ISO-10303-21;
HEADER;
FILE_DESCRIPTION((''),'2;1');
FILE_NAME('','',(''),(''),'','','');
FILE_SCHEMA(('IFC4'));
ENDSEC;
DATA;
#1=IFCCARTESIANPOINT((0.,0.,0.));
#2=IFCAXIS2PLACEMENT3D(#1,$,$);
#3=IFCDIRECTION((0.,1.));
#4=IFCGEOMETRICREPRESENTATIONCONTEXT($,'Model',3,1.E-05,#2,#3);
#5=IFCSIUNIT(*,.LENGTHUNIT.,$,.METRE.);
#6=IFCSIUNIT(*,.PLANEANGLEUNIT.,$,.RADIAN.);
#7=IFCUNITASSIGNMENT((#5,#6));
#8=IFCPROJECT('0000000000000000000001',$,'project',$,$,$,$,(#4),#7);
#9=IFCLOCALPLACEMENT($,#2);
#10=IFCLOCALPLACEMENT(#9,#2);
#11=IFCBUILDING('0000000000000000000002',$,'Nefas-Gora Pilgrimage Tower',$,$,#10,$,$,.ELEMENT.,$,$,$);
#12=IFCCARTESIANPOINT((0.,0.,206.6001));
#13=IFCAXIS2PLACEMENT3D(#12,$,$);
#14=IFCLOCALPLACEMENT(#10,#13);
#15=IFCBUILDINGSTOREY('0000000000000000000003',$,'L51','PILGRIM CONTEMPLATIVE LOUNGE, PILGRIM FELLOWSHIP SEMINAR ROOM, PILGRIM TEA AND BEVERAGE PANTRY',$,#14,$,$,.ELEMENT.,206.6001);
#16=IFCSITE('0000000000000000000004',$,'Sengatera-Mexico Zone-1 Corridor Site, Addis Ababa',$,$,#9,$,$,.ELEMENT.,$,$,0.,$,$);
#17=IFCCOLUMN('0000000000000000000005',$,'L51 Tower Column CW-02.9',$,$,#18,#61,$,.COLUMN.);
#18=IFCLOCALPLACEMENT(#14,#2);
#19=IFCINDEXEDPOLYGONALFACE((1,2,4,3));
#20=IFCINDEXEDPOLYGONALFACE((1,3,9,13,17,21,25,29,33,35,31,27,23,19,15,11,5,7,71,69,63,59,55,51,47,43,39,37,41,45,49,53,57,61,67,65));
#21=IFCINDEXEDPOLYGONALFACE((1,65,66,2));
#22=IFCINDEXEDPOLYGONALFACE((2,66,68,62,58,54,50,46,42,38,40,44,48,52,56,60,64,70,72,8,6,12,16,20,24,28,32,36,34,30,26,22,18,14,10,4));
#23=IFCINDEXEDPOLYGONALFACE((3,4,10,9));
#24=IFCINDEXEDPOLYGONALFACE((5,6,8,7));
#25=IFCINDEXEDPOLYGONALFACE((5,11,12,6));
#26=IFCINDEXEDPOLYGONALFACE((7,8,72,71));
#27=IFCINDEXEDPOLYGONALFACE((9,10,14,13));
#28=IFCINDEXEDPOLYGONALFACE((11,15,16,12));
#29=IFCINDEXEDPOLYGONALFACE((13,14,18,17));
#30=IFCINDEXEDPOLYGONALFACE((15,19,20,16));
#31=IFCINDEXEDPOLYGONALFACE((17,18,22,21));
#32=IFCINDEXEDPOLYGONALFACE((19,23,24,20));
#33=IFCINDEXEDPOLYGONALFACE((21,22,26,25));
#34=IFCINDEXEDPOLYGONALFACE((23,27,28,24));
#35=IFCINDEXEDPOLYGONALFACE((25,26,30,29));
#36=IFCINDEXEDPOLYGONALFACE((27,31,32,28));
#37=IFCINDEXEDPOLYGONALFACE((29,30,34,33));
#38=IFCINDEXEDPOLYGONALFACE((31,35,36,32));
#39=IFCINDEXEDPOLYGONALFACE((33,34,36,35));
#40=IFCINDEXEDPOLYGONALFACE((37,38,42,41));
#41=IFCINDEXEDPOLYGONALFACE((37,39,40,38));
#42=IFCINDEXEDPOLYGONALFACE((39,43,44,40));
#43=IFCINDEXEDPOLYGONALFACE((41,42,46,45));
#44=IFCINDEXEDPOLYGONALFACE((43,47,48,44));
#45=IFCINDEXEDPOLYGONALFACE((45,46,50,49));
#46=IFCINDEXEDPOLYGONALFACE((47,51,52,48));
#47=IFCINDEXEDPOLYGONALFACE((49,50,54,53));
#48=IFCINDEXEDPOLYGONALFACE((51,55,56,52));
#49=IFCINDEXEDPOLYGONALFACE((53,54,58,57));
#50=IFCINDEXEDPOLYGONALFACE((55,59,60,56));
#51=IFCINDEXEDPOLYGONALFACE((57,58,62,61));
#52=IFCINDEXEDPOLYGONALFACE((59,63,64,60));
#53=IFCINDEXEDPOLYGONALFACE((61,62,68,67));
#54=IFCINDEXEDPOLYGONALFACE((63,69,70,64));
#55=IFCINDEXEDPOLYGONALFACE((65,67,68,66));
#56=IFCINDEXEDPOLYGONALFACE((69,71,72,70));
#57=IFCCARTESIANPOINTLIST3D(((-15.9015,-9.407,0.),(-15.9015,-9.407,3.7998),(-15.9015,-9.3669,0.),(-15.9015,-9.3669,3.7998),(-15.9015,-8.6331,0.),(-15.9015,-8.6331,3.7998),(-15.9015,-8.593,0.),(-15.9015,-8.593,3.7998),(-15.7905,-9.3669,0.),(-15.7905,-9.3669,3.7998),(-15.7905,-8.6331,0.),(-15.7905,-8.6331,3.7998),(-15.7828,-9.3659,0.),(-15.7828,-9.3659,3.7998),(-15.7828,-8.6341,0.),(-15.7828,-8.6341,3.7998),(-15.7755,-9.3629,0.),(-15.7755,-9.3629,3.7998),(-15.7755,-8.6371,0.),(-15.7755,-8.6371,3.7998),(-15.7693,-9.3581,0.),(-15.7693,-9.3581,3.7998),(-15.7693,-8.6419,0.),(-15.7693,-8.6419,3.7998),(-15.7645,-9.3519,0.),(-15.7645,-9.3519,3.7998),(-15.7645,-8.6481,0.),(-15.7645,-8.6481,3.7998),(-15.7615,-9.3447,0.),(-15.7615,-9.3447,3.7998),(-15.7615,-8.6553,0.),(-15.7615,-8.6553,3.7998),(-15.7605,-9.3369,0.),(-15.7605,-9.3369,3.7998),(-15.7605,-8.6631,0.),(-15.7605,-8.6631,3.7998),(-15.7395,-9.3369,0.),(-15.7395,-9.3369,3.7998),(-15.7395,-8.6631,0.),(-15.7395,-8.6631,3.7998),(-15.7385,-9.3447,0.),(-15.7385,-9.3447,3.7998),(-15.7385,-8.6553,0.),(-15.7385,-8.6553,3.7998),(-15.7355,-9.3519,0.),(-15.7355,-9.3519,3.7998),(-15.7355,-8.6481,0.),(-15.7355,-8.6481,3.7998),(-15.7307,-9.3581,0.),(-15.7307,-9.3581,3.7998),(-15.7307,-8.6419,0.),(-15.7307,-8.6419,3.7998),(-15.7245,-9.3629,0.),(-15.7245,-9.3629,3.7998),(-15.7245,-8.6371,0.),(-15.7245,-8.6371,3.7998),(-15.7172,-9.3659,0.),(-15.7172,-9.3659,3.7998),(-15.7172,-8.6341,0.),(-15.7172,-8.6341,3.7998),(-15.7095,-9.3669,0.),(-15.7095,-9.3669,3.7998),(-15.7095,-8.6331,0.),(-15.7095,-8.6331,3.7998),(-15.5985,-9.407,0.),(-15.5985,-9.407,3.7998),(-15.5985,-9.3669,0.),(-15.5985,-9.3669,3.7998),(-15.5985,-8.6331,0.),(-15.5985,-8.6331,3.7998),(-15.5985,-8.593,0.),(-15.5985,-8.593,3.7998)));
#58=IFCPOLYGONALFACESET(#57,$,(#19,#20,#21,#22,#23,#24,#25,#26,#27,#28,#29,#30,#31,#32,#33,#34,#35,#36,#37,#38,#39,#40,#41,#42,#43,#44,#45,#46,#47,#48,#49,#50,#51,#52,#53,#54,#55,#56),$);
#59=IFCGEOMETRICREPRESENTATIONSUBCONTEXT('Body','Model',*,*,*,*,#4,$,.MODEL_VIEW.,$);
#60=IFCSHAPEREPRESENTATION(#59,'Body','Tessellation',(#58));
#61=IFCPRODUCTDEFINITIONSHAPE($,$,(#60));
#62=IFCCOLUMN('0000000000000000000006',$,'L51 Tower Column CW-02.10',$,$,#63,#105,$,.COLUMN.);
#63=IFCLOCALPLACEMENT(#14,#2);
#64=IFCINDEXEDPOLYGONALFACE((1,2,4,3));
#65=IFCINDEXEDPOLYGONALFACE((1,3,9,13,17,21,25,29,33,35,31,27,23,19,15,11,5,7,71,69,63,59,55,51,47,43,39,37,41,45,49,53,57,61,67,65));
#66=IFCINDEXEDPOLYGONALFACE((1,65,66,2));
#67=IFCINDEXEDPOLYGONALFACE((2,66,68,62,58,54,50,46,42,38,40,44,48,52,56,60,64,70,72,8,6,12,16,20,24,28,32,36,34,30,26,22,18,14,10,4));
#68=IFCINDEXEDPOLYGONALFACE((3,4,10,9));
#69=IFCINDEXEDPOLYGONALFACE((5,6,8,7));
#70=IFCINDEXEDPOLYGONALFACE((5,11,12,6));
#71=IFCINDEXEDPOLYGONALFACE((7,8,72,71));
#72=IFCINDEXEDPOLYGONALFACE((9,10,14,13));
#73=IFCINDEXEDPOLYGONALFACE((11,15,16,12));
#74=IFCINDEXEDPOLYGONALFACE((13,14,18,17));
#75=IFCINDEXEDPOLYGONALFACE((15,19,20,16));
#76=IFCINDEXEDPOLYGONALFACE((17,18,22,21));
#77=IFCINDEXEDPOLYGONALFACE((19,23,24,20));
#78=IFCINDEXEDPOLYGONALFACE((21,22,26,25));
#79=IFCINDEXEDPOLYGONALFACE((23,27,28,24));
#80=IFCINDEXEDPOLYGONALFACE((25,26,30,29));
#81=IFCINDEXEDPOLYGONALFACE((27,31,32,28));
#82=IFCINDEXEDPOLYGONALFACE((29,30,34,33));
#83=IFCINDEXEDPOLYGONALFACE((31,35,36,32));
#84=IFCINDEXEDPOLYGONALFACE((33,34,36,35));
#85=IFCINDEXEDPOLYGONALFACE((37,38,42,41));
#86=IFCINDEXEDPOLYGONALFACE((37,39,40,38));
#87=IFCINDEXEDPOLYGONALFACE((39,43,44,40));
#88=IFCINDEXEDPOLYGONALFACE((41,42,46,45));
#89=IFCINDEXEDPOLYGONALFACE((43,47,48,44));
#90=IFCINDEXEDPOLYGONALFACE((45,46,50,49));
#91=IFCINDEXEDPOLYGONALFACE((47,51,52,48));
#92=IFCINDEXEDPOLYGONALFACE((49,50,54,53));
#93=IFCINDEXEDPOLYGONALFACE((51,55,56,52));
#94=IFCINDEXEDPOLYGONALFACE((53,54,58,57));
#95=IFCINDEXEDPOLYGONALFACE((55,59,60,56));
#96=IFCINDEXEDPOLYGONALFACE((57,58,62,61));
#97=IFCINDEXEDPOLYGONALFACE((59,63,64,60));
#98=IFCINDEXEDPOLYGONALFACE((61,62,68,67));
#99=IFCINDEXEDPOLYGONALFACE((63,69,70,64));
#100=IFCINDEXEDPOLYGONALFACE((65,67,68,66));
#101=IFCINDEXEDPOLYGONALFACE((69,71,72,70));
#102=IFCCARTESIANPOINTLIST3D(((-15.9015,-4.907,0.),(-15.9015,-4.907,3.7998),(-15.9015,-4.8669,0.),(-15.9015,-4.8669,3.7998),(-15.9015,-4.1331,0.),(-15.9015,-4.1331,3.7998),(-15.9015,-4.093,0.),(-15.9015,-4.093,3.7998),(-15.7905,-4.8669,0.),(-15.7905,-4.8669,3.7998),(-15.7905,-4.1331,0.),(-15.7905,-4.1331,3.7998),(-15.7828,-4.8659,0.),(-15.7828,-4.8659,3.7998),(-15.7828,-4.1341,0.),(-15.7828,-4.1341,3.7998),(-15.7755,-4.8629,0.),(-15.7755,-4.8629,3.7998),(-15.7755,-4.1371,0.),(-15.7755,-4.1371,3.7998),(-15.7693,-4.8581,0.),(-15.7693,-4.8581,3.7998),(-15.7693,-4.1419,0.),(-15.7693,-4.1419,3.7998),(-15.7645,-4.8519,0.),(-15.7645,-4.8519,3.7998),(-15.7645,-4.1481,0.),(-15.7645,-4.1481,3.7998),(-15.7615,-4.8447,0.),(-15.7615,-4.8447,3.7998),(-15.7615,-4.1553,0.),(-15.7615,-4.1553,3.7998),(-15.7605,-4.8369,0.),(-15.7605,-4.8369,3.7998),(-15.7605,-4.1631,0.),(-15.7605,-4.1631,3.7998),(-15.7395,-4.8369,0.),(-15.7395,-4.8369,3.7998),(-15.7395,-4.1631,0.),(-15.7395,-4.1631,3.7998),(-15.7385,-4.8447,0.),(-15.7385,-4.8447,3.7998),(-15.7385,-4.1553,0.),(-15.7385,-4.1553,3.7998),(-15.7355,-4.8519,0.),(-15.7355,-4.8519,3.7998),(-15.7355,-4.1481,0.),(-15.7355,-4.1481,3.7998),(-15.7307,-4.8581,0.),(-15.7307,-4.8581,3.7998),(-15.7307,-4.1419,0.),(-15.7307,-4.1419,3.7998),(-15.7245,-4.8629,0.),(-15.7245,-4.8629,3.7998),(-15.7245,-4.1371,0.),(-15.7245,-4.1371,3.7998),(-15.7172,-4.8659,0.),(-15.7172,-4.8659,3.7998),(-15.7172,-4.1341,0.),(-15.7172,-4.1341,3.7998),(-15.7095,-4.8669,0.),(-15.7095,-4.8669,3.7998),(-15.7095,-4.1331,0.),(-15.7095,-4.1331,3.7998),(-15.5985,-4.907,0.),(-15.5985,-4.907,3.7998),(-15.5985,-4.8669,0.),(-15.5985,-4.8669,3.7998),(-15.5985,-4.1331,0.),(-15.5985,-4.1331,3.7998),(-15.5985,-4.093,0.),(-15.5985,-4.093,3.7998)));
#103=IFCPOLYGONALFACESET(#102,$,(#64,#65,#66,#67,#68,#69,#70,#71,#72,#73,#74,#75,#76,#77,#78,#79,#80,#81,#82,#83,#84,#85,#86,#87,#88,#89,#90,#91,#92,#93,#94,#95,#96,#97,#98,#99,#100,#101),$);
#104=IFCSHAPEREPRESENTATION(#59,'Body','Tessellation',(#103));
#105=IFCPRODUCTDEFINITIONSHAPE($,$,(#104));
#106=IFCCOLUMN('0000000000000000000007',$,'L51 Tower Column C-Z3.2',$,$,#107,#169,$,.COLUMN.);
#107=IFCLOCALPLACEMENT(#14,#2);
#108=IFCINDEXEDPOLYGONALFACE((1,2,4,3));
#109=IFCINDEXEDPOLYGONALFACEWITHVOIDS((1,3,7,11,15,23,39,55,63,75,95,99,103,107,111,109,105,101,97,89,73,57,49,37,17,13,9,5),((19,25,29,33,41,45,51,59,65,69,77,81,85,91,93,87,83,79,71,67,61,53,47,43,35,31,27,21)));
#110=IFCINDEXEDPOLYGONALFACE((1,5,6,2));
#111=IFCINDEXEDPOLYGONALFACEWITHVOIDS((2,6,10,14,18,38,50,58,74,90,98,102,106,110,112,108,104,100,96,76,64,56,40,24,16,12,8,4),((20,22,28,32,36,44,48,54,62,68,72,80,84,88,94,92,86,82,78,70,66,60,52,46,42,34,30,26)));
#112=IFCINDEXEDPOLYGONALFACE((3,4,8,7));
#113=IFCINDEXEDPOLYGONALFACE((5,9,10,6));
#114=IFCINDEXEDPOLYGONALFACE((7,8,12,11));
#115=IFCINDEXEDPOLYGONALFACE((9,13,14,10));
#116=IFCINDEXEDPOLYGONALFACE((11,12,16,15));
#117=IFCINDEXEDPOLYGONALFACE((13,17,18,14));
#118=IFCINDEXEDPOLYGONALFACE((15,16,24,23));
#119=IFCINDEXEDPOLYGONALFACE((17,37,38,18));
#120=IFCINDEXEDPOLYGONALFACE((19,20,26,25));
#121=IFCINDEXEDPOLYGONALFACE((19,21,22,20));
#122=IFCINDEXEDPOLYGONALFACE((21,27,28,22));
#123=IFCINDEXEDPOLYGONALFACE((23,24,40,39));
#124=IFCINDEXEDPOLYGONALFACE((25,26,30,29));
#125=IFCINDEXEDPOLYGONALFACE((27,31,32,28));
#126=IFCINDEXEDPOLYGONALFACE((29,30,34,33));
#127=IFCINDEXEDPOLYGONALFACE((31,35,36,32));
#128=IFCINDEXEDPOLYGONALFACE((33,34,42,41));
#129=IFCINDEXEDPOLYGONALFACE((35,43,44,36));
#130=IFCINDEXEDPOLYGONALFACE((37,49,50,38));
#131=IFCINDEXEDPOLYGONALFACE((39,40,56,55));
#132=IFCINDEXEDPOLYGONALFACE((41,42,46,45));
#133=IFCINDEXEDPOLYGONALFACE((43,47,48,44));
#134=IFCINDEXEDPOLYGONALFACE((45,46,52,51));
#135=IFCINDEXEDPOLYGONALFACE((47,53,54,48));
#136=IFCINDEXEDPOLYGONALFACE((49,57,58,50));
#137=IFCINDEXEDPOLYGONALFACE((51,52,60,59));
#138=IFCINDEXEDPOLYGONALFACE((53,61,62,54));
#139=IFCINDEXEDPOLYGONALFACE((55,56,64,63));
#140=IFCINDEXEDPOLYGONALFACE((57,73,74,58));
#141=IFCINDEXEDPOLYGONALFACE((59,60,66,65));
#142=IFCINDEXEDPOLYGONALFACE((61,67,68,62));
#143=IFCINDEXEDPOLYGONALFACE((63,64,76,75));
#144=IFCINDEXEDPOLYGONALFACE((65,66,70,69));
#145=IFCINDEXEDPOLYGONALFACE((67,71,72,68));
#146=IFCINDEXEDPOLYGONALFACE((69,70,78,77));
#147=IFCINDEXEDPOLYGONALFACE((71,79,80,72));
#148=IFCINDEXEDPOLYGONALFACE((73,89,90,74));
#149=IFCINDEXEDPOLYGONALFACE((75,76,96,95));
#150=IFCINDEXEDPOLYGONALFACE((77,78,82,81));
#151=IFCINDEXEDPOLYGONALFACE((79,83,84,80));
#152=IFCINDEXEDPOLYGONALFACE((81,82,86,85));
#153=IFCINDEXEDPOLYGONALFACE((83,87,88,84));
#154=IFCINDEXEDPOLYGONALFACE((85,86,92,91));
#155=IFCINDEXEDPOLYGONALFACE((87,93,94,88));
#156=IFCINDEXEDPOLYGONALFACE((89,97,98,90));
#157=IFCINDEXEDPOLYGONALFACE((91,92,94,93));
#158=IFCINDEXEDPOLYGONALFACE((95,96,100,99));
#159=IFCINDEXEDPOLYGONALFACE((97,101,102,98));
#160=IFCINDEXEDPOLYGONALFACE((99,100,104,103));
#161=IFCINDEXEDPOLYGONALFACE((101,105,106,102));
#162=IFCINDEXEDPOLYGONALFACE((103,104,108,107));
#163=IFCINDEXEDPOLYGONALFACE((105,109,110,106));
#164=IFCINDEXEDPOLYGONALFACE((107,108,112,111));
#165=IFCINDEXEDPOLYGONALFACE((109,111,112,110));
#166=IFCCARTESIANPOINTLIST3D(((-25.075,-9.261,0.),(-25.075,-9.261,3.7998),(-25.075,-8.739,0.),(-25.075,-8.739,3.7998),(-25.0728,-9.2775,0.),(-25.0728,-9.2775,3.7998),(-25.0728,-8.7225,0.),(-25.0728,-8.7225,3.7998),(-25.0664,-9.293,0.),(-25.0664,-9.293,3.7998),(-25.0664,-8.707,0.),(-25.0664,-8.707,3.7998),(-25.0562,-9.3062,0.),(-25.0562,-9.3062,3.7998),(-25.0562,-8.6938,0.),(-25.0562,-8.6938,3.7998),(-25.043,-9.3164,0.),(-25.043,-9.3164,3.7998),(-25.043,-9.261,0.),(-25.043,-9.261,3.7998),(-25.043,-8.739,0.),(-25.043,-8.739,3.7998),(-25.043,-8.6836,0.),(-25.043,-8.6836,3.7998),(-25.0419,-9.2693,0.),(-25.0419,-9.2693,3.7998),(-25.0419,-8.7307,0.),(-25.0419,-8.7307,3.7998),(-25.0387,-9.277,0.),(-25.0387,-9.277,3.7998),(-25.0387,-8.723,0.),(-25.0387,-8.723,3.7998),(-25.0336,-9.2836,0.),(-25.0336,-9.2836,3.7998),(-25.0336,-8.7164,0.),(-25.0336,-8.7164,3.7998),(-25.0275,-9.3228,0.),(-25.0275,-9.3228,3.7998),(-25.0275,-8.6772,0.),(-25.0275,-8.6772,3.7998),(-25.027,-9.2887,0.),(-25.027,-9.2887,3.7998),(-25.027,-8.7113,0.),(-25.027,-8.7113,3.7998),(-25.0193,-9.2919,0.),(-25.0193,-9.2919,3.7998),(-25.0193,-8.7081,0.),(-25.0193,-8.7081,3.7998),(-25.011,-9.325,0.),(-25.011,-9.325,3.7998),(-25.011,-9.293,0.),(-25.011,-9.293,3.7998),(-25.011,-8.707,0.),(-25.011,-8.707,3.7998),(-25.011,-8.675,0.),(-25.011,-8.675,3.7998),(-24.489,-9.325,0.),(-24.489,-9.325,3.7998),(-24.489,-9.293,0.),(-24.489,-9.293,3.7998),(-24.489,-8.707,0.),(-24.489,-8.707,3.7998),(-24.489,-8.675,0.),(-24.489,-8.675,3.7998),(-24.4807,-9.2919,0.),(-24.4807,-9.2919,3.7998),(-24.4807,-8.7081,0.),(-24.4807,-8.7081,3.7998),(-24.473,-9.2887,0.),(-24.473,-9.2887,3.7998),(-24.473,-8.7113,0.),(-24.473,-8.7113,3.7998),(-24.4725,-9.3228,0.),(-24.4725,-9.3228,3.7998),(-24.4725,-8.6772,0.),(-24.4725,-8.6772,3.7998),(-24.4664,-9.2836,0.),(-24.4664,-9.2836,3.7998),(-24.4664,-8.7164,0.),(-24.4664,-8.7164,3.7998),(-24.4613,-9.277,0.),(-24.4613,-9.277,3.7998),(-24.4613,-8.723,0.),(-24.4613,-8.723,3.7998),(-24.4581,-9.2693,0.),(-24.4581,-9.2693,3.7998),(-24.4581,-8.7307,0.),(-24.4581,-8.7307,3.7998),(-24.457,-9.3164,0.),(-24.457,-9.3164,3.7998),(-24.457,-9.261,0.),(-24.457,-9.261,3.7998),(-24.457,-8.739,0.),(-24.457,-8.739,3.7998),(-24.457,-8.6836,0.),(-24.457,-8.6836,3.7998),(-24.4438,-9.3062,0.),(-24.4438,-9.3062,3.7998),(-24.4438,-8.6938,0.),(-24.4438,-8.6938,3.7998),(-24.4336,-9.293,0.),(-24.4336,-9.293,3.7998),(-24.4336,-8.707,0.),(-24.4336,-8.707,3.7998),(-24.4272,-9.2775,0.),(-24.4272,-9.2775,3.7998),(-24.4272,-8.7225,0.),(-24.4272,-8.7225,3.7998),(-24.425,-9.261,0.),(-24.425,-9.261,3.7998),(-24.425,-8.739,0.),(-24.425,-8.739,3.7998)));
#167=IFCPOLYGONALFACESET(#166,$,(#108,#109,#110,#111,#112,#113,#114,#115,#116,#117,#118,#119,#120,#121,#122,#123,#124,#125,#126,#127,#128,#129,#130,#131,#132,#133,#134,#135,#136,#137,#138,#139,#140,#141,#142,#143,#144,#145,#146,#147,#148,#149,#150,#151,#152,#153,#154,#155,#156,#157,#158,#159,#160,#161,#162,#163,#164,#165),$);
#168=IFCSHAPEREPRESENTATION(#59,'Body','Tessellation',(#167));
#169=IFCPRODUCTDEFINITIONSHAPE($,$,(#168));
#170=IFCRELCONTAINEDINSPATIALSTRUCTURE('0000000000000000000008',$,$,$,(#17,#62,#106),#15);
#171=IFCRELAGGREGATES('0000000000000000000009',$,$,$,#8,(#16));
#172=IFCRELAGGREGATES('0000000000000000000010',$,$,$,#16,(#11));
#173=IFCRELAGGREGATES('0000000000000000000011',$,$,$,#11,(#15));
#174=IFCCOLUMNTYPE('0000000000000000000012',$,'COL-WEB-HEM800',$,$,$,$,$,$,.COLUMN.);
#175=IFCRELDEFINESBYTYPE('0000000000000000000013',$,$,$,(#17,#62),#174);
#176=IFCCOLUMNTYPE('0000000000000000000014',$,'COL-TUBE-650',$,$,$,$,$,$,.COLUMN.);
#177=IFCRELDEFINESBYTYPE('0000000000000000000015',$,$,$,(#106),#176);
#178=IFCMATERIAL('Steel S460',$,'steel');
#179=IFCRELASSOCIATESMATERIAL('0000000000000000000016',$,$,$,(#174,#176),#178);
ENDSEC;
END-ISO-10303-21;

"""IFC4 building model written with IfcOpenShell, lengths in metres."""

from ifc_helpers import new_model, si_unit, direction, frame, origin, origin_2d, place, context, subcontext, project, spatial, hollow_rectangle, i_section, extrude, source, transform, mapped, material, material_profile, profile_set, type_object, element, save


model = new_model("IFC4")

# Units and contexts
model_context = context("Model", 3, precision=1e-05, world=origin(), true_north=direction((0.0, 1.0)))
body_context = subcontext(model_context, "Body", "Model", "MODEL_VIEW")
ifc_project = project(units=[si_unit("LENGTHUNIT", "METRE"), si_unit("PLANEANGLEUNIT", "RADIAN")], contexts=[model_context])

# Site, building, storey
site_placement = place(None, origin())
site = spatial("IfcSite", under=ifc_project, at=site_placement, Name="Sengatera-Mexico Zone-1 Corridor Site, Addis Ababa", CompositionType="ELEMENT", RefElevation=0.0)
building_placement = place(site_placement, origin())
building = spatial("IfcBuilding", under=site, at=building_placement, Name="Nefas-Gora Pilgrimage Tower", CompositionType="ELEMENT")
storey_placement = place(building_placement, frame((0.0, 0.0, 206.6001)))
storey = spatial("IfcBuildingStorey", under=building, at=storey_placement, Name="L51", Description="PILGRIM CONTEMPLATIVE LOUNGE, PILGRIM FELLOWSHIP SEMINAR ROOM, PILGRIM TEA AND BEVERAGE PANTRY", CompositionType="ELEMENT", Elevation=206.6001)

# Columns
ifc_material_1 = material(Name="Steel S460", Category="steel")
ifc_material_profile_1 = material_profile(ifc_material_1, i_section(OverallWidth=0.303, OverallDepth=0.814, WebThickness=0.021, FlangeThickness=0.04, FilletRadius=0.03, at=origin_2d()), Name="HEM 800")
ifc_profile_set_1 = profile_set([ifc_material_profile_1], Name="Steel S460")
column_type_1 = type_object("IfcColumnType", Name="COL-WEB-HEM800", PredefinedType="COLUMN", material=ifc_profile_set_1)
shared_shape_1 = source(origin(), body_context, "Body", "SweptSolid", [
    extrude(i_section(OverallWidth=0.303, OverallDepth=0.814, WebThickness=0.021, FlangeThickness=0.04, FilletRadius=0.03, at=origin_2d()), origin(), (0.0, 0.0, 1.0), 3.7998),
])
for number, where, z_axis, x_axis, name in (
    (1, (-15.75, -9.0, 0.0), (0.0, 0.0, 1.0), (1.0, 0.0, 0.0), "L51 Tower Column CW-02.9"),
    (2, (-15.75, -4.5, 0.0), (0.0, 0.0, 1.0), (1.0, 0.0, 0.0), "L51 Tower Column CW-02.10"),
):
    element("IfcColumn", number, at=place(storey_placement, frame(where, z_axis=z_axis, x_axis=x_axis)), inside=storey, type_object=column_type_1, Name=name, PredefinedType="COLUMN", context=body_context, shape_type="MappedRepresentation", body=[
        mapped(shared_shape_1, transform((0.0, 0.0, 0.0), x_axis=(1.0, 0.0, 0.0), y_axis=(0.0, 1.0, 0.0), z_axis=(0.0, 0.0, 1.0), scale=1.0)),
    ])
ifc_material_profile_2 = material_profile(ifc_material_1, hollow_rectangle(XDim=0.6499, YDim=0.6499, WallThickness=0.032, InnerFilletRadius=0.032, OuterFilletRadius=0.064, at=origin_2d()), Name="BOX 650x650x32")
ifc_profile_set_2 = profile_set([ifc_material_profile_2], Name="Steel S460")
column_type_2 = type_object("IfcColumnType", Name="COL-TUBE-650", PredefinedType="COLUMN", material=ifc_profile_set_2)
shared_shape_2 = source(origin(), body_context, "Body", "SweptSolid", [
    extrude(hollow_rectangle(XDim=0.6499, YDim=0.6499, WallThickness=0.032, InnerFilletRadius=0.032, OuterFilletRadius=0.064, at=origin_2d()), origin(), (0.0, 0.0, 1.0), 3.7998),
])
for number, where, z_axis, x_axis, name in (
    (3, (-24.75, -9.0, 0.0), (0.0, 0.0, 1.0), (1.0, 0.0, 0.0), "L51 Tower Column C-Z3.2"),
):
    element("IfcColumn", number, at=place(storey_placement, frame(where, z_axis=z_axis, x_axis=x_axis)), inside=storey, type_object=column_type_2, Name=name, PredefinedType="COLUMN", context=body_context, shape_type="MappedRepresentation", body=[
        mapped(shared_shape_2, transform((0.0, 0.0, 0.0), x_axis=(1.0, 0.0, 0.0), y_axis=(0.0, 1.0, 0.0), z_axis=(0.0, 0.0, 1.0), scale=1.0)),
    ])

save(model, "model.ifc")
